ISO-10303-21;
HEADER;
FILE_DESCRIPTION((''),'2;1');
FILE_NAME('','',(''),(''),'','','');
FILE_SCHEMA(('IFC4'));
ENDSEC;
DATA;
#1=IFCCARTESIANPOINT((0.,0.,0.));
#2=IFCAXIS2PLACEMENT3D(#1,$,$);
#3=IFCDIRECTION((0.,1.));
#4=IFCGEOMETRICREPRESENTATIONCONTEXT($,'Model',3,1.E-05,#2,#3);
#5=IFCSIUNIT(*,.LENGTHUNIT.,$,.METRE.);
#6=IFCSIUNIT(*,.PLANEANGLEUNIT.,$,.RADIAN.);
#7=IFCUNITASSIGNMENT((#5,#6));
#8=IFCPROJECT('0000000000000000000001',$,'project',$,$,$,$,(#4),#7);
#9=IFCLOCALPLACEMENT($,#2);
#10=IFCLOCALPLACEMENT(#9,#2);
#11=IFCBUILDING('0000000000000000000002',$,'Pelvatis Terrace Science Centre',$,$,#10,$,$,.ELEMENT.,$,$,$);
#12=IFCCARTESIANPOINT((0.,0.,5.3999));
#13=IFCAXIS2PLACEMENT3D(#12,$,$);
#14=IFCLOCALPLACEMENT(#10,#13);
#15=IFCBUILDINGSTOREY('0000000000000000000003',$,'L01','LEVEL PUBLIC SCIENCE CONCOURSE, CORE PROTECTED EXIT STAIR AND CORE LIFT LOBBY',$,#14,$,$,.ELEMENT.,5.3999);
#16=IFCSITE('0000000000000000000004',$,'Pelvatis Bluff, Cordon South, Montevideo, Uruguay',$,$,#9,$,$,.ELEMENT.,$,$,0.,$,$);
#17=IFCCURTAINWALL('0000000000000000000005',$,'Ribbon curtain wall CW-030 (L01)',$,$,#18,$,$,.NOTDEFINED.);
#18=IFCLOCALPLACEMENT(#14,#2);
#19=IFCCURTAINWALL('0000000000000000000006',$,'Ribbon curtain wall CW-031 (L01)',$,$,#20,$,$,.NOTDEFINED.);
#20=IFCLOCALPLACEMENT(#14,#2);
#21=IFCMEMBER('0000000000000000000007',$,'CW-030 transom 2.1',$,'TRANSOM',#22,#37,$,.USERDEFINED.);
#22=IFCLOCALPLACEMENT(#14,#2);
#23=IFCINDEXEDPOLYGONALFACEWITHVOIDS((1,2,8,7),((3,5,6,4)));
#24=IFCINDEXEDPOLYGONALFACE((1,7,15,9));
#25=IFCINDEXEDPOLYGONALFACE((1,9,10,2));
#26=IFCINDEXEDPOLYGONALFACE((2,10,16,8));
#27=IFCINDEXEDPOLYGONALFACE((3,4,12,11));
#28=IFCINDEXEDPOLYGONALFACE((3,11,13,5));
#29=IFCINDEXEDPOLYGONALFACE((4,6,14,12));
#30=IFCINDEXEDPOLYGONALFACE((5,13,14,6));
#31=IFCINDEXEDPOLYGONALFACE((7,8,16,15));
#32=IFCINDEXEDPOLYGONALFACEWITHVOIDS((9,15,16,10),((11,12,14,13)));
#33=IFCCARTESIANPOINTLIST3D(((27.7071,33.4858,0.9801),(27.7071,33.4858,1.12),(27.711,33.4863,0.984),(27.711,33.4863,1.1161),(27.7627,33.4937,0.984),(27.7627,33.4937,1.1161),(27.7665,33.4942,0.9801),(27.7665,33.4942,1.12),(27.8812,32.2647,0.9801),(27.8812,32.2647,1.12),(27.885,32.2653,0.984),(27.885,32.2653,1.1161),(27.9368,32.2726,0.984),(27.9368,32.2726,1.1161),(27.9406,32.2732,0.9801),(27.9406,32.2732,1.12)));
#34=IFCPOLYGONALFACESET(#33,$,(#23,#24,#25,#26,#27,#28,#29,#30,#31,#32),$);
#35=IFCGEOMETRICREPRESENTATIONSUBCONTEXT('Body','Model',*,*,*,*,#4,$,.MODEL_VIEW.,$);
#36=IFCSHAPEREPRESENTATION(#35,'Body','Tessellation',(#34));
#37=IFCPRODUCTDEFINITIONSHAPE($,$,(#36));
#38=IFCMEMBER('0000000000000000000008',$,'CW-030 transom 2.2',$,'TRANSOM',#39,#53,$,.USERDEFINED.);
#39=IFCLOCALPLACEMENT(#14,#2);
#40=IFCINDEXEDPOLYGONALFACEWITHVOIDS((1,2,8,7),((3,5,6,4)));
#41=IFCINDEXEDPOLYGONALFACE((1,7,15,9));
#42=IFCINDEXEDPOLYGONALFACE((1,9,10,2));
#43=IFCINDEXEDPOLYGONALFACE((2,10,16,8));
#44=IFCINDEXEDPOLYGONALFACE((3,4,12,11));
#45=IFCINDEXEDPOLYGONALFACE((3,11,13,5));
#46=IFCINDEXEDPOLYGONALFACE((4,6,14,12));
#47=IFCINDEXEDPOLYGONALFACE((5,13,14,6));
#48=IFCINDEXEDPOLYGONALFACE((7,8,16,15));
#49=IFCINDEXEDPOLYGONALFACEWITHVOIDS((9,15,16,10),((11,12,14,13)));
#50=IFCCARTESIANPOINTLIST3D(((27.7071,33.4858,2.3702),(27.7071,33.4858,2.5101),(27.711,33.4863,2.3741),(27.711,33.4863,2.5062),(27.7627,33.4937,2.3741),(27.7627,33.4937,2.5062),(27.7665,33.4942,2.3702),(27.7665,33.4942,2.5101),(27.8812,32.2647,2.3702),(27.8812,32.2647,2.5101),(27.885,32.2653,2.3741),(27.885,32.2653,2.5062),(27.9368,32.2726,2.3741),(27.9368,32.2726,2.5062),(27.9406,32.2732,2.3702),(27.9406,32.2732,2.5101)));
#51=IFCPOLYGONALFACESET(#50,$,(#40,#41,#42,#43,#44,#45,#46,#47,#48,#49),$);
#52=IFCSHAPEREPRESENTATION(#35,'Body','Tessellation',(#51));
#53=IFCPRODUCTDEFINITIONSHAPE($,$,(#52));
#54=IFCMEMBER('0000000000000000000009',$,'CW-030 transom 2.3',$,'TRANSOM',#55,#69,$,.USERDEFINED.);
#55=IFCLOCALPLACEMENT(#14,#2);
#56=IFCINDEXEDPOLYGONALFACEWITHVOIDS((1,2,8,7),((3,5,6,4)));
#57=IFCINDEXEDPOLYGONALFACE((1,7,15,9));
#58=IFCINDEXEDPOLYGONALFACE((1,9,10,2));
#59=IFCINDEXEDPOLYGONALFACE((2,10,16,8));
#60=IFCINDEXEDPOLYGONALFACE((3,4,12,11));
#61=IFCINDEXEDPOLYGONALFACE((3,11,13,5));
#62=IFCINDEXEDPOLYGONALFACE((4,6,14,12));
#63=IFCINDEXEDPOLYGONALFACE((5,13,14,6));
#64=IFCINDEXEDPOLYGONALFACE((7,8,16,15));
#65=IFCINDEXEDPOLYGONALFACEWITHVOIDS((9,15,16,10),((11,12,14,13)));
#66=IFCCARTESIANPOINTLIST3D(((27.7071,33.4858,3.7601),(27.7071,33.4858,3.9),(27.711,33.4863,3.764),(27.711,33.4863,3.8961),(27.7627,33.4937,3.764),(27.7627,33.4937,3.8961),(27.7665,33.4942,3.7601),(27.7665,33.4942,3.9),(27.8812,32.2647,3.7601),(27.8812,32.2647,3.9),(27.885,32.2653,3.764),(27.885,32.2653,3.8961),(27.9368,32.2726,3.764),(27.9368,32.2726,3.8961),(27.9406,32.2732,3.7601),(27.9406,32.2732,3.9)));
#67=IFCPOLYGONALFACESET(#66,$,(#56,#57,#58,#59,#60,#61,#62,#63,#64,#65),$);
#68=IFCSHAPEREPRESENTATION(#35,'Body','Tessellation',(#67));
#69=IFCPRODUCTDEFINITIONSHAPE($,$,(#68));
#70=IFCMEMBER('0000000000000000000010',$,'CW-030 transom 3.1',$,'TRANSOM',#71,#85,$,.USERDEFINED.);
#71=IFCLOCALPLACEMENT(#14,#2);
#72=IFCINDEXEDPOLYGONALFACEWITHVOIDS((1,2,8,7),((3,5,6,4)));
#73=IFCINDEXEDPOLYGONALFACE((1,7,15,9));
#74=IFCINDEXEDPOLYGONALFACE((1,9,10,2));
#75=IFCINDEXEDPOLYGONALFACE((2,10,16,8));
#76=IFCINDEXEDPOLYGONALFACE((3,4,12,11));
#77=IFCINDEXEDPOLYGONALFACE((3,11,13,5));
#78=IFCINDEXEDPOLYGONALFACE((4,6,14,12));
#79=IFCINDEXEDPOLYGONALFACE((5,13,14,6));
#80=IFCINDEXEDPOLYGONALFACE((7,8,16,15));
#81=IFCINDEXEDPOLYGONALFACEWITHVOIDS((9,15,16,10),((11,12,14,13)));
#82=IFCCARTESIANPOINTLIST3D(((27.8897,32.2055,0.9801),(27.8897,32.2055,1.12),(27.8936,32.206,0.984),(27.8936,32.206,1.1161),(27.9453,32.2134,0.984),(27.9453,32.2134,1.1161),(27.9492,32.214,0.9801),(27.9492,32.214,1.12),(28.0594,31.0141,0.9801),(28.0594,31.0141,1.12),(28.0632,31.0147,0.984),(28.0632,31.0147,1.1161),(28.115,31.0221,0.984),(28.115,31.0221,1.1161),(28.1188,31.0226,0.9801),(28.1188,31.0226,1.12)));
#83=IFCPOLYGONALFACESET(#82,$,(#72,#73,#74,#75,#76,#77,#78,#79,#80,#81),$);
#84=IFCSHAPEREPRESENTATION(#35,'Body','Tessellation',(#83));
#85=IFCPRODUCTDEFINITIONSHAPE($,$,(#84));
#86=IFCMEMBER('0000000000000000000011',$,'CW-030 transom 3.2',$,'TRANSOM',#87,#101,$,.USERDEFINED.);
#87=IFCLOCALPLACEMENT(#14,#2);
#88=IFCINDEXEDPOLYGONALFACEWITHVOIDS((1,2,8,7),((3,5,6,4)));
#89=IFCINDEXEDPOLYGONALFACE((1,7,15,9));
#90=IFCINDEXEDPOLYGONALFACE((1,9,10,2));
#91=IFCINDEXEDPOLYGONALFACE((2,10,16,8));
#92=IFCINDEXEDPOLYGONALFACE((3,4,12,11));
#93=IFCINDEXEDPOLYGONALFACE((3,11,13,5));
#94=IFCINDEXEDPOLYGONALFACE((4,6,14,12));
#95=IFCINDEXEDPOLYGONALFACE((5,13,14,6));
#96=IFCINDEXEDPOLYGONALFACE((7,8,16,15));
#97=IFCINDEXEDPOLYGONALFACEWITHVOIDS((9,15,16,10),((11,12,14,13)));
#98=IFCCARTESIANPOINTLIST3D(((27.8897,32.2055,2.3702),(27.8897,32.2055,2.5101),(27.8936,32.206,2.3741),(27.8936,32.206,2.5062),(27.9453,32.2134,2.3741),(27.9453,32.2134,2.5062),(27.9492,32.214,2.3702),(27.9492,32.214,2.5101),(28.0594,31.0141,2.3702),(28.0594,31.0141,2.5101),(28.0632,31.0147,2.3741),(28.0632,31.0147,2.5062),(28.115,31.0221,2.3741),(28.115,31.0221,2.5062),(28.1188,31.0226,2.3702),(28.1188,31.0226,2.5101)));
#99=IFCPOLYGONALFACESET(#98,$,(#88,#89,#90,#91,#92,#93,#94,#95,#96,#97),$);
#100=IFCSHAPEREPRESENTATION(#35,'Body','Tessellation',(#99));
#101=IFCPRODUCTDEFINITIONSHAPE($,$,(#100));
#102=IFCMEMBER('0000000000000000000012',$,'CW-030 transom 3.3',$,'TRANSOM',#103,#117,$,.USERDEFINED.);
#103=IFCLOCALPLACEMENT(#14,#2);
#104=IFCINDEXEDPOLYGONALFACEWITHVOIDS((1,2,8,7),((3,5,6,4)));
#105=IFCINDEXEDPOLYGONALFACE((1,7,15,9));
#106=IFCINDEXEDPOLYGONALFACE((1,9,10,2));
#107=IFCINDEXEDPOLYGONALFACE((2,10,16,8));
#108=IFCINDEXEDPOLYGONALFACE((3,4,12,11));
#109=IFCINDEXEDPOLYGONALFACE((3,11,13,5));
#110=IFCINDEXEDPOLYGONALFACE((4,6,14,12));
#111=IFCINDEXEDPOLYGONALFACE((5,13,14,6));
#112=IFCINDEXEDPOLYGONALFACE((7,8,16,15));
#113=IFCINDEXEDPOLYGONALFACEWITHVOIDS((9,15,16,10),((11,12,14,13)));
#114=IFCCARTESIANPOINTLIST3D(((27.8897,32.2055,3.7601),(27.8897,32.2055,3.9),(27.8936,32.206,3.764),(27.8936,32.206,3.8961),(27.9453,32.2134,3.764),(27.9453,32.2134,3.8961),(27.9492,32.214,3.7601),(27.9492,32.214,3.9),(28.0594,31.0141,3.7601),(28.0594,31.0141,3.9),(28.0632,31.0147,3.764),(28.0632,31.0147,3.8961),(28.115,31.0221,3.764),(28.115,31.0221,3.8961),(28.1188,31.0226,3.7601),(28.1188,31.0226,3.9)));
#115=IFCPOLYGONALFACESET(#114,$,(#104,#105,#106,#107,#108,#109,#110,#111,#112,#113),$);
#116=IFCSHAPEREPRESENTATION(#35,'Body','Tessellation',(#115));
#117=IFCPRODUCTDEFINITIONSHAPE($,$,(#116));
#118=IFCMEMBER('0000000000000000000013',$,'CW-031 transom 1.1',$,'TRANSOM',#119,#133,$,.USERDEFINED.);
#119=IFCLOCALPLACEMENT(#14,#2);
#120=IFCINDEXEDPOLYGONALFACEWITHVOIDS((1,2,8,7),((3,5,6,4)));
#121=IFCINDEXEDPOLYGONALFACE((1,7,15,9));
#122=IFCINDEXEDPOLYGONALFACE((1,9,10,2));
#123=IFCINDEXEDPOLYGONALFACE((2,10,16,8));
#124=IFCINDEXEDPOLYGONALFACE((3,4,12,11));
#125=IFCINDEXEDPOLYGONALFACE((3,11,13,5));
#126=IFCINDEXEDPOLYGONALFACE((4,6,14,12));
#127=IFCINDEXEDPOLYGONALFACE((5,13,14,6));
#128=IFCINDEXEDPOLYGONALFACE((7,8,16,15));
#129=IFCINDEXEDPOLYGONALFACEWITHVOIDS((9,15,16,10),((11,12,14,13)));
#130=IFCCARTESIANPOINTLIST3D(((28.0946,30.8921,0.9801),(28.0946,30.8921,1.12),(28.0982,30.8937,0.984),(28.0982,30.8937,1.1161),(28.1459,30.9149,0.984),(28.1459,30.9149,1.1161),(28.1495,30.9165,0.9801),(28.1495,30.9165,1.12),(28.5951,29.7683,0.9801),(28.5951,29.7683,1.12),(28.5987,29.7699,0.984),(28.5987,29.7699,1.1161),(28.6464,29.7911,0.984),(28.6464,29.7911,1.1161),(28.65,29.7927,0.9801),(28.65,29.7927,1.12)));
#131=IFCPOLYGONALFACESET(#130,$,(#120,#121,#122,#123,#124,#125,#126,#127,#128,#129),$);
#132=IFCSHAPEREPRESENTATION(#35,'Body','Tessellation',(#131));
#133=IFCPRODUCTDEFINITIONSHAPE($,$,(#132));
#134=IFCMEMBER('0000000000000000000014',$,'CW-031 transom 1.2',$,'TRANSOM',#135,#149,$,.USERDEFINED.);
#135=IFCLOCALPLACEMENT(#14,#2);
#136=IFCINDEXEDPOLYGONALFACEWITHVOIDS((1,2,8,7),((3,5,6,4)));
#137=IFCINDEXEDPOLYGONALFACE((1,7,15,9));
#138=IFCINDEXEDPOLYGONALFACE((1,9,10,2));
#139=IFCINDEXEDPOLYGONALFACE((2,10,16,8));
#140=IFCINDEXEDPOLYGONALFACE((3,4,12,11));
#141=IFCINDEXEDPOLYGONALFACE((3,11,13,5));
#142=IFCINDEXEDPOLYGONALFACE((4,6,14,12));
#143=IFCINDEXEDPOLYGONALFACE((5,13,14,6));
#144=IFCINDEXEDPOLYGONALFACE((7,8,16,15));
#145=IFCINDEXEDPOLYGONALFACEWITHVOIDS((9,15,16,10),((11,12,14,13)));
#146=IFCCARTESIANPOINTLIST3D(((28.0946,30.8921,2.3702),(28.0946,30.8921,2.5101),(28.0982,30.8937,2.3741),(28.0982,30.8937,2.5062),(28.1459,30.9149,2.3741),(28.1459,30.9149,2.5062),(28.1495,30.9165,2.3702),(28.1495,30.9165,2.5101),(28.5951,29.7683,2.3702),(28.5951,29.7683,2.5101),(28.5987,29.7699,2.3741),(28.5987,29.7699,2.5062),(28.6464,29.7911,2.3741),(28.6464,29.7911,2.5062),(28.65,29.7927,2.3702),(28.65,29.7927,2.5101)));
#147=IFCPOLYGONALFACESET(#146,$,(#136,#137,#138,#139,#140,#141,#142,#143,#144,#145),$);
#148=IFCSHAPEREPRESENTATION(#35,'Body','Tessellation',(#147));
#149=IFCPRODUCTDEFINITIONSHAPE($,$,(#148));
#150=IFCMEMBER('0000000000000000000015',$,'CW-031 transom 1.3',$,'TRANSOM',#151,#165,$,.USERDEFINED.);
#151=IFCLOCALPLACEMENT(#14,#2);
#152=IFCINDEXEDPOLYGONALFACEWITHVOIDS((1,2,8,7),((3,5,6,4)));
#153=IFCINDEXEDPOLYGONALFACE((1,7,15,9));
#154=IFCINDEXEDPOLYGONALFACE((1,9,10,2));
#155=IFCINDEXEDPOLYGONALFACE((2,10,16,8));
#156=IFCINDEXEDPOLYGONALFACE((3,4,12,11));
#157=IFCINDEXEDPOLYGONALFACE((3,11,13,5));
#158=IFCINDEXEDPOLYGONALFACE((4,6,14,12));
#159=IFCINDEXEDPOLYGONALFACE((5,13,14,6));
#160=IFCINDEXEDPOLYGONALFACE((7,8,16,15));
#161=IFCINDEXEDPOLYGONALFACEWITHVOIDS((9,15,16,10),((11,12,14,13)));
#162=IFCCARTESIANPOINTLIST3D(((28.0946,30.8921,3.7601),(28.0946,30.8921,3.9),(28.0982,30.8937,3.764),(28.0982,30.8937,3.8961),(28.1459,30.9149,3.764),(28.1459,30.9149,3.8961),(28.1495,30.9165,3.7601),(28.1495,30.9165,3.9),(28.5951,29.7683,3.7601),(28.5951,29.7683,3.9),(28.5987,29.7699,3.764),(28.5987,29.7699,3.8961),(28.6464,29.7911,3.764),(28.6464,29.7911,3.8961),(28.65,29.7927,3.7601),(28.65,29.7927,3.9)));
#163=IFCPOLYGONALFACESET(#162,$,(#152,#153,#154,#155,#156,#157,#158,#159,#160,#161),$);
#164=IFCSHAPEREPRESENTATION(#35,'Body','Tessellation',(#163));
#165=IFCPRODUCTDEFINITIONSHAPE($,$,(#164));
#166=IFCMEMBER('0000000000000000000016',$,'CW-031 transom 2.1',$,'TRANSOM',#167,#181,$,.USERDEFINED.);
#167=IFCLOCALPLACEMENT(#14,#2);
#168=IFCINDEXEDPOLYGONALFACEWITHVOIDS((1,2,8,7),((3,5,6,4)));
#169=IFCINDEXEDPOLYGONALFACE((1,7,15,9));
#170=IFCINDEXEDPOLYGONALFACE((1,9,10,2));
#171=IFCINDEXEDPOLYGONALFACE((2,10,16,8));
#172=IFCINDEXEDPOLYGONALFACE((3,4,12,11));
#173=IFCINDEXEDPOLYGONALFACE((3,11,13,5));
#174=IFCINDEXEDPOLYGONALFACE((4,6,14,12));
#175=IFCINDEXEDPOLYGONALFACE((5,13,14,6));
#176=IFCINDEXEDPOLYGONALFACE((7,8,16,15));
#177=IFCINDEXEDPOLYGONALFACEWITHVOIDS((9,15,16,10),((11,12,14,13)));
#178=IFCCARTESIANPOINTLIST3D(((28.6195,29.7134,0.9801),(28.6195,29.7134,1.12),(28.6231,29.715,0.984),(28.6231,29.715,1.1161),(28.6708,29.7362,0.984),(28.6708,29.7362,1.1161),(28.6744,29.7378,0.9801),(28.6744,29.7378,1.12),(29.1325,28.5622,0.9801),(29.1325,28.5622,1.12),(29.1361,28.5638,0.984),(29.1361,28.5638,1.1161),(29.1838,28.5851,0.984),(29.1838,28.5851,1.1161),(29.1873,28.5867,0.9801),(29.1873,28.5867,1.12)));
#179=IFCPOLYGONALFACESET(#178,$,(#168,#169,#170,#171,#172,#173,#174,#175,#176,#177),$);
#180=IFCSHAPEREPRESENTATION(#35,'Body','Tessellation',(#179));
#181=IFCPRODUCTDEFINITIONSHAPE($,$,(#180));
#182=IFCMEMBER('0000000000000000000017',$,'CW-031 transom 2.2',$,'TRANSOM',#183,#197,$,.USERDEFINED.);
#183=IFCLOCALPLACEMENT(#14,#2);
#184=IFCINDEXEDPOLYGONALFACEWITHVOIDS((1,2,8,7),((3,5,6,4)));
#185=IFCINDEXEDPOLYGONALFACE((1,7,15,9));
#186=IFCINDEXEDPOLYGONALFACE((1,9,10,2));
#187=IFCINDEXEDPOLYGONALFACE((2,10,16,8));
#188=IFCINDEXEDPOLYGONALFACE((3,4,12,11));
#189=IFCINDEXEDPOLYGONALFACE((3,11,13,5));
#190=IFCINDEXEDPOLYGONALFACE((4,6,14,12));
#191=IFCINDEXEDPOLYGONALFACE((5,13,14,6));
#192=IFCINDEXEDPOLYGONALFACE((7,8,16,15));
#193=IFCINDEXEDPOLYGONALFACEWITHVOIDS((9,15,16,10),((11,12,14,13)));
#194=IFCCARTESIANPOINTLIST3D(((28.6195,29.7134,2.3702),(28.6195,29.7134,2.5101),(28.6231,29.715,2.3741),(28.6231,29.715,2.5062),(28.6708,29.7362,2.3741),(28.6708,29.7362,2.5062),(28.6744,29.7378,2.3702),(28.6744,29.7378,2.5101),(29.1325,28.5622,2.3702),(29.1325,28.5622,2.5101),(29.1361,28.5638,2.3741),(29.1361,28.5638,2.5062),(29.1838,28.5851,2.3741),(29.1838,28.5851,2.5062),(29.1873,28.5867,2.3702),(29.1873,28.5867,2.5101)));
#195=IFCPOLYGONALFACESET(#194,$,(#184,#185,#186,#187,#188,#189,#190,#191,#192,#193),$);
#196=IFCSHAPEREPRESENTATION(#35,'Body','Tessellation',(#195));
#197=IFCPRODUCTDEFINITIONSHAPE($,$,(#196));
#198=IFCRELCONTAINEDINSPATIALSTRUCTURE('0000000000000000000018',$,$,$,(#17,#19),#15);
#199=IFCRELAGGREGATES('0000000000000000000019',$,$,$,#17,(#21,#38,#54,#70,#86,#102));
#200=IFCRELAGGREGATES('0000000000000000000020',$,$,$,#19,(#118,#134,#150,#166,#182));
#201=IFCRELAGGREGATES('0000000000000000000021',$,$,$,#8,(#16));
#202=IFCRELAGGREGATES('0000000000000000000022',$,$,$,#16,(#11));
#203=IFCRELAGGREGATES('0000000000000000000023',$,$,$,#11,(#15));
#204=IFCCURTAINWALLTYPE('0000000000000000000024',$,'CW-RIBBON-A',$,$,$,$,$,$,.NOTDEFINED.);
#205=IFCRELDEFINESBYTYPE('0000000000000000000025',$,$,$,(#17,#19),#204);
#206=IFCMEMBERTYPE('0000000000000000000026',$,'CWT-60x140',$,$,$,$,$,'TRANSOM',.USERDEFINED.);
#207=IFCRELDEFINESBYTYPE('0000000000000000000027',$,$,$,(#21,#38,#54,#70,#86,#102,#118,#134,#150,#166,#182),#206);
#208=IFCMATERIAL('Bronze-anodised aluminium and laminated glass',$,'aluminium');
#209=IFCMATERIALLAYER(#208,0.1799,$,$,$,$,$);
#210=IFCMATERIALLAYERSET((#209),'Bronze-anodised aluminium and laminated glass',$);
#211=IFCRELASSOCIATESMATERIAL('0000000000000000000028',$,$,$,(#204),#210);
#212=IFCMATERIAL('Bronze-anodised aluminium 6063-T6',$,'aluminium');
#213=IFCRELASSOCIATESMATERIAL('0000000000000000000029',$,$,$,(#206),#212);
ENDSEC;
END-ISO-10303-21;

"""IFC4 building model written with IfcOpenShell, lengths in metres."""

from ifc_helpers import new_model, si_unit, direction, frame, origin, origin_2d, place, context, subcontext, project, spatial, hollow_rectangle, extrude, material, layer, layer_set, material_profile, profile_set, type_object, element, aggregate, save


model = new_model("IFC4")

# Units and contexts
model_context = context("Model", 3, precision=1e-05, world=origin(), true_north=direction((0.0, 1.0)))
body_context = subcontext(model_context, "Body", "Model", "MODEL_VIEW")
ifc_project = project(units=[si_unit("LENGTHUNIT", "METRE"), si_unit("PLANEANGLEUNIT", "RADIAN")], contexts=[model_context])

# Site, building, storey
site_placement = place(None, origin())
site = spatial("IfcSite", under=ifc_project, at=site_placement, Name="Pelvatis Bluff, Cordon South, Montevideo, Uruguay", CompositionType="ELEMENT", RefElevation=0.0)
building_placement = place(site_placement, origin())
building = spatial("IfcBuilding", under=site, at=building_placement, Name="Pelvatis Terrace Science Centre", CompositionType="ELEMENT")
storey_placement = place(building_placement, frame((0.0, 0.0, 5.3999)))
storey = spatial("IfcBuildingStorey", under=building, at=storey_placement, Name="L01", Description="LEVEL PUBLIC SCIENCE CONCOURSE, CORE PROTECTED EXIT STAIR AND CORE LIFT LOBBY", CompositionType="ELEMENT", Elevation=5.3999)

# Shared definitions
ifc_material_1 = material(Name="Bronze-anodised aluminium and laminated glass", Category="aluminium")
ifc_layer_1 = layer(ifc_material_1, 0.1799)
ifc_layer_set_1 = layer_set([ifc_layer_1], Name="Bronze-anodised aluminium and laminated glass")
curtain_wall_type = type_object("IfcCurtainWallType", Name="CW-RIBBON-A", PredefinedType="NOTDEFINED", material=ifc_layer_set_1)

# Curtain walls
curtain_wall_1_placement = place(storey_placement, origin())
curtain_wall_1 = element("IfcCurtainWall", 1, at=curtain_wall_1_placement, inside=storey, type_object=curtain_wall_type, Name="Ribbon curtain wall CW-030 (L01)", PredefinedType="NOTDEFINED")
curtain_wall_2_placement = place(storey_placement, origin())
curtain_wall_2 = element("IfcCurtainWall", 2, at=curtain_wall_2_placement, inside=storey, type_object=curtain_wall_type, Name="Ribbon curtain wall CW-031 (L01)", PredefinedType="NOTDEFINED")

# Members
ifc_material_2 = material(Name="Bronze-anodised aluminium 6063-T6", Category="aluminium")
ifc_material_profile_1 = material_profile(ifc_material_2, hollow_rectangle(XDim=0.0601, YDim=0.1399, WallThickness=0.0039, at=origin_2d()), Name="ALU-TRN 60x140")
ifc_profile_set_1 = profile_set([ifc_material_profile_1], Name="Bronze-anodised aluminium 6063-T6")
member_type_1 = type_object("IfcMemberType", Name="CWT-60x140", ElementType="TRANSOM", PredefinedType="USERDEFINED", material=ifc_profile_set_1)
member_1_placement = place(storey_placement, frame((27.7368, 33.49, 1.05), z_axis=(0.141144, -0.989989, 0.0), x_axis=(0.989989, 0.141144, 0.0)))
member_1 = element("IfcMember", 3, at=member_1_placement, type_object=member_type_1, Name="CW-030 transom 2.1", ObjectType="TRANSOM", PredefinedType="USERDEFINED", context=body_context, shape_type="SweptSolid", body=[
    extrude(hollow_rectangle(XDim=0.0601, YDim=0.1399, WallThickness=0.0039, at=origin_2d()), origin(), (0.0, 0.0, 1.0), 1.2334),
])
member_2_placement = place(storey_placement, frame((27.7368, 33.49, 2.4402), z_axis=(0.141144, -0.989989, 0.0), x_axis=(0.989989, 0.141144, 0.0)))
member_2 = element("IfcMember", 4, at=member_2_placement, type_object=member_type_1, Name="CW-030 transom 2.2", ObjectType="TRANSOM", PredefinedType="USERDEFINED", context=body_context, shape_type="SweptSolid", body=[
    extrude(hollow_rectangle(XDim=0.0601, YDim=0.1399, WallThickness=0.0039, at=origin_2d()), origin(), (0.0, 0.0, 1.0), 1.2334),
])
member_3_placement = place(storey_placement, frame((27.7368, 33.49, 3.8301), z_axis=(0.141144, -0.989989, 0.0), x_axis=(0.989989, 0.141144, 0.0)))
member_3 = element("IfcMember", 5, at=member_3_placement, type_object=member_type_1, Name="CW-030 transom 2.3", ObjectType="TRANSOM", PredefinedType="USERDEFINED", context=body_context, shape_type="SweptSolid", body=[
    extrude(hollow_rectangle(XDim=0.0601, YDim=0.1399, WallThickness=0.0039, at=origin_2d()), origin(), (0.0, 0.0, 1.0), 1.2334),
])
member_4_placement = place(storey_placement, frame((27.9194, 32.2097, 1.05), z_axis=(0.140995, -0.99001, 0.0), x_axis=(0.99001, 0.140995, 0.0)))
member_4 = element("IfcMember", 6, at=member_4_placement, type_object=member_type_1, Name="CW-030 transom 3.1", ObjectType="TRANSOM", PredefinedType="USERDEFINED", context=body_context, shape_type="SweptSolid", body=[
    extrude(hollow_rectangle(XDim=0.0601, YDim=0.1399, WallThickness=0.0039, at=origin_2d()), origin(), (0.0, 0.0, 1.0), 1.2034),
])
member_5_placement = place(storey_placement, frame((27.9194, 32.2097, 2.4402), z_axis=(0.140995, -0.99001, 0.0), x_axis=(0.99001, 0.140995, 0.0)))
member_5 = element("IfcMember", 7, at=member_5_placement, type_object=member_type_1, Name="CW-030 transom 3.2", ObjectType="TRANSOM", PredefinedType="USERDEFINED", context=body_context, shape_type="SweptSolid", body=[
    extrude(hollow_rectangle(XDim=0.0601, YDim=0.1399, WallThickness=0.0039, at=origin_2d()), origin(), (0.0, 0.0, 1.0), 1.2034),
])
member_6_placement = place(storey_placement, frame((27.9194, 32.2097, 3.8301), z_axis=(0.140995, -0.99001, 0.0), x_axis=(0.99001, 0.140995, 0.0)))
member_6 = element("IfcMember", 8, at=member_6_placement, type_object=member_type_1, Name="CW-030 transom 3.3", ObjectType="TRANSOM", PredefinedType="USERDEFINED", context=body_context, shape_type="SweptSolid", body=[
    extrude(hollow_rectangle(XDim=0.0601, YDim=0.1399, WallThickness=0.0039, at=origin_2d()), origin(), (0.0, 0.0, 1.0), 1.2034),
])
member_7_placement = place(storey_placement, frame((28.1221, 30.9043, 1.05), z_axis=(0.406838, -0.9135, 0.0), x_axis=(0.9135, 0.406838, 0.0)))
member_7 = element("IfcMember", 9, at=member_7_placement, type_object=member_type_1, Name="CW-031 transom 1.1", ObjectType="TRANSOM", PredefinedType="USERDEFINED", context=body_context, shape_type="SweptSolid", body=[
    extrude(hollow_rectangle(XDim=0.0601, YDim=0.1399, WallThickness=0.0039, at=origin_2d()), origin(), (0.0, 0.0, 1.0), 1.2302),
])
member_8_placement = place(storey_placement, frame((28.1221, 30.9043, 2.4402), z_axis=(0.406838, -0.9135, 0.0), x_axis=(0.9135, 0.406838, 0.0)))
member_8 = element("IfcMember", 10, at=member_8_placement, type_object=member_type_1, Name="CW-031 transom 1.2", ObjectType="TRANSOM", PredefinedType="USERDEFINED", context=body_context, shape_type="SweptSolid", body=[
    extrude(hollow_rectangle(XDim=0.0601, YDim=0.1399, WallThickness=0.0039, at=origin_2d()), origin(), (0.0, 0.0, 1.0), 1.2302),
])
member_9_placement = place(storey_placement, frame((28.1221, 30.9043, 3.8301), z_axis=(0.406838, -0.9135, 0.0), x_axis=(0.9135, 0.406838, 0.0)))
member_9 = element("IfcMember", 11, at=member_9_placement, type_object=member_type_1, Name="CW-031 transom 1.3", ObjectType="TRANSOM", PredefinedType="USERDEFINED", context=body_context, shape_type="SweptSolid", body=[
    extrude(hollow_rectangle(XDim=0.0601, YDim=0.1399, WallThickness=0.0039, at=origin_2d()), origin(), (0.0, 0.0, 1.0), 1.2302),
])
member_10_placement = place(storey_placement, frame((28.647, 29.7256, 1.05), z_axis=(0.407019, -0.91342, 0.0), x_axis=(0.91342, 0.407019, 0.0)))
member_10 = element("IfcMember", 12, at=member_10_placement, type_object=member_type_1, Name="CW-031 transom 2.1", ObjectType="TRANSOM", PredefinedType="USERDEFINED", context=body_context, shape_type="SweptSolid", body=[
    extrude(hollow_rectangle(XDim=0.0601, YDim=0.1399, WallThickness=0.0039, at=origin_2d()), origin(), (0.0, 0.0, 1.0), 1.2603),
])
member_11_placement = place(storey_placement, frame((28.647, 29.7256, 2.4402), z_axis=(0.407019, -0.91342, 0.0), x_axis=(0.91342, 0.407019, 0.0)))
member_11 = element("IfcMember", 13, at=member_11_placement, type_object=member_type_1, Name="CW-031 transom 2.2", ObjectType="TRANSOM", PredefinedType="USERDEFINED", context=body_context, shape_type="SweptSolid", body=[
    extrude(hollow_rectangle(XDim=0.0601, YDim=0.1399, WallThickness=0.0039, at=origin_2d()), origin(), (0.0, 0.0, 1.0), 1.2603),
])

aggregate(curtain_wall_1, [member_1, member_2, member_3, member_4, member_5, member_6])
aggregate(curtain_wall_2, [member_7, member_8, member_9, member_10, member_11])

save(model, "model.ifc")
